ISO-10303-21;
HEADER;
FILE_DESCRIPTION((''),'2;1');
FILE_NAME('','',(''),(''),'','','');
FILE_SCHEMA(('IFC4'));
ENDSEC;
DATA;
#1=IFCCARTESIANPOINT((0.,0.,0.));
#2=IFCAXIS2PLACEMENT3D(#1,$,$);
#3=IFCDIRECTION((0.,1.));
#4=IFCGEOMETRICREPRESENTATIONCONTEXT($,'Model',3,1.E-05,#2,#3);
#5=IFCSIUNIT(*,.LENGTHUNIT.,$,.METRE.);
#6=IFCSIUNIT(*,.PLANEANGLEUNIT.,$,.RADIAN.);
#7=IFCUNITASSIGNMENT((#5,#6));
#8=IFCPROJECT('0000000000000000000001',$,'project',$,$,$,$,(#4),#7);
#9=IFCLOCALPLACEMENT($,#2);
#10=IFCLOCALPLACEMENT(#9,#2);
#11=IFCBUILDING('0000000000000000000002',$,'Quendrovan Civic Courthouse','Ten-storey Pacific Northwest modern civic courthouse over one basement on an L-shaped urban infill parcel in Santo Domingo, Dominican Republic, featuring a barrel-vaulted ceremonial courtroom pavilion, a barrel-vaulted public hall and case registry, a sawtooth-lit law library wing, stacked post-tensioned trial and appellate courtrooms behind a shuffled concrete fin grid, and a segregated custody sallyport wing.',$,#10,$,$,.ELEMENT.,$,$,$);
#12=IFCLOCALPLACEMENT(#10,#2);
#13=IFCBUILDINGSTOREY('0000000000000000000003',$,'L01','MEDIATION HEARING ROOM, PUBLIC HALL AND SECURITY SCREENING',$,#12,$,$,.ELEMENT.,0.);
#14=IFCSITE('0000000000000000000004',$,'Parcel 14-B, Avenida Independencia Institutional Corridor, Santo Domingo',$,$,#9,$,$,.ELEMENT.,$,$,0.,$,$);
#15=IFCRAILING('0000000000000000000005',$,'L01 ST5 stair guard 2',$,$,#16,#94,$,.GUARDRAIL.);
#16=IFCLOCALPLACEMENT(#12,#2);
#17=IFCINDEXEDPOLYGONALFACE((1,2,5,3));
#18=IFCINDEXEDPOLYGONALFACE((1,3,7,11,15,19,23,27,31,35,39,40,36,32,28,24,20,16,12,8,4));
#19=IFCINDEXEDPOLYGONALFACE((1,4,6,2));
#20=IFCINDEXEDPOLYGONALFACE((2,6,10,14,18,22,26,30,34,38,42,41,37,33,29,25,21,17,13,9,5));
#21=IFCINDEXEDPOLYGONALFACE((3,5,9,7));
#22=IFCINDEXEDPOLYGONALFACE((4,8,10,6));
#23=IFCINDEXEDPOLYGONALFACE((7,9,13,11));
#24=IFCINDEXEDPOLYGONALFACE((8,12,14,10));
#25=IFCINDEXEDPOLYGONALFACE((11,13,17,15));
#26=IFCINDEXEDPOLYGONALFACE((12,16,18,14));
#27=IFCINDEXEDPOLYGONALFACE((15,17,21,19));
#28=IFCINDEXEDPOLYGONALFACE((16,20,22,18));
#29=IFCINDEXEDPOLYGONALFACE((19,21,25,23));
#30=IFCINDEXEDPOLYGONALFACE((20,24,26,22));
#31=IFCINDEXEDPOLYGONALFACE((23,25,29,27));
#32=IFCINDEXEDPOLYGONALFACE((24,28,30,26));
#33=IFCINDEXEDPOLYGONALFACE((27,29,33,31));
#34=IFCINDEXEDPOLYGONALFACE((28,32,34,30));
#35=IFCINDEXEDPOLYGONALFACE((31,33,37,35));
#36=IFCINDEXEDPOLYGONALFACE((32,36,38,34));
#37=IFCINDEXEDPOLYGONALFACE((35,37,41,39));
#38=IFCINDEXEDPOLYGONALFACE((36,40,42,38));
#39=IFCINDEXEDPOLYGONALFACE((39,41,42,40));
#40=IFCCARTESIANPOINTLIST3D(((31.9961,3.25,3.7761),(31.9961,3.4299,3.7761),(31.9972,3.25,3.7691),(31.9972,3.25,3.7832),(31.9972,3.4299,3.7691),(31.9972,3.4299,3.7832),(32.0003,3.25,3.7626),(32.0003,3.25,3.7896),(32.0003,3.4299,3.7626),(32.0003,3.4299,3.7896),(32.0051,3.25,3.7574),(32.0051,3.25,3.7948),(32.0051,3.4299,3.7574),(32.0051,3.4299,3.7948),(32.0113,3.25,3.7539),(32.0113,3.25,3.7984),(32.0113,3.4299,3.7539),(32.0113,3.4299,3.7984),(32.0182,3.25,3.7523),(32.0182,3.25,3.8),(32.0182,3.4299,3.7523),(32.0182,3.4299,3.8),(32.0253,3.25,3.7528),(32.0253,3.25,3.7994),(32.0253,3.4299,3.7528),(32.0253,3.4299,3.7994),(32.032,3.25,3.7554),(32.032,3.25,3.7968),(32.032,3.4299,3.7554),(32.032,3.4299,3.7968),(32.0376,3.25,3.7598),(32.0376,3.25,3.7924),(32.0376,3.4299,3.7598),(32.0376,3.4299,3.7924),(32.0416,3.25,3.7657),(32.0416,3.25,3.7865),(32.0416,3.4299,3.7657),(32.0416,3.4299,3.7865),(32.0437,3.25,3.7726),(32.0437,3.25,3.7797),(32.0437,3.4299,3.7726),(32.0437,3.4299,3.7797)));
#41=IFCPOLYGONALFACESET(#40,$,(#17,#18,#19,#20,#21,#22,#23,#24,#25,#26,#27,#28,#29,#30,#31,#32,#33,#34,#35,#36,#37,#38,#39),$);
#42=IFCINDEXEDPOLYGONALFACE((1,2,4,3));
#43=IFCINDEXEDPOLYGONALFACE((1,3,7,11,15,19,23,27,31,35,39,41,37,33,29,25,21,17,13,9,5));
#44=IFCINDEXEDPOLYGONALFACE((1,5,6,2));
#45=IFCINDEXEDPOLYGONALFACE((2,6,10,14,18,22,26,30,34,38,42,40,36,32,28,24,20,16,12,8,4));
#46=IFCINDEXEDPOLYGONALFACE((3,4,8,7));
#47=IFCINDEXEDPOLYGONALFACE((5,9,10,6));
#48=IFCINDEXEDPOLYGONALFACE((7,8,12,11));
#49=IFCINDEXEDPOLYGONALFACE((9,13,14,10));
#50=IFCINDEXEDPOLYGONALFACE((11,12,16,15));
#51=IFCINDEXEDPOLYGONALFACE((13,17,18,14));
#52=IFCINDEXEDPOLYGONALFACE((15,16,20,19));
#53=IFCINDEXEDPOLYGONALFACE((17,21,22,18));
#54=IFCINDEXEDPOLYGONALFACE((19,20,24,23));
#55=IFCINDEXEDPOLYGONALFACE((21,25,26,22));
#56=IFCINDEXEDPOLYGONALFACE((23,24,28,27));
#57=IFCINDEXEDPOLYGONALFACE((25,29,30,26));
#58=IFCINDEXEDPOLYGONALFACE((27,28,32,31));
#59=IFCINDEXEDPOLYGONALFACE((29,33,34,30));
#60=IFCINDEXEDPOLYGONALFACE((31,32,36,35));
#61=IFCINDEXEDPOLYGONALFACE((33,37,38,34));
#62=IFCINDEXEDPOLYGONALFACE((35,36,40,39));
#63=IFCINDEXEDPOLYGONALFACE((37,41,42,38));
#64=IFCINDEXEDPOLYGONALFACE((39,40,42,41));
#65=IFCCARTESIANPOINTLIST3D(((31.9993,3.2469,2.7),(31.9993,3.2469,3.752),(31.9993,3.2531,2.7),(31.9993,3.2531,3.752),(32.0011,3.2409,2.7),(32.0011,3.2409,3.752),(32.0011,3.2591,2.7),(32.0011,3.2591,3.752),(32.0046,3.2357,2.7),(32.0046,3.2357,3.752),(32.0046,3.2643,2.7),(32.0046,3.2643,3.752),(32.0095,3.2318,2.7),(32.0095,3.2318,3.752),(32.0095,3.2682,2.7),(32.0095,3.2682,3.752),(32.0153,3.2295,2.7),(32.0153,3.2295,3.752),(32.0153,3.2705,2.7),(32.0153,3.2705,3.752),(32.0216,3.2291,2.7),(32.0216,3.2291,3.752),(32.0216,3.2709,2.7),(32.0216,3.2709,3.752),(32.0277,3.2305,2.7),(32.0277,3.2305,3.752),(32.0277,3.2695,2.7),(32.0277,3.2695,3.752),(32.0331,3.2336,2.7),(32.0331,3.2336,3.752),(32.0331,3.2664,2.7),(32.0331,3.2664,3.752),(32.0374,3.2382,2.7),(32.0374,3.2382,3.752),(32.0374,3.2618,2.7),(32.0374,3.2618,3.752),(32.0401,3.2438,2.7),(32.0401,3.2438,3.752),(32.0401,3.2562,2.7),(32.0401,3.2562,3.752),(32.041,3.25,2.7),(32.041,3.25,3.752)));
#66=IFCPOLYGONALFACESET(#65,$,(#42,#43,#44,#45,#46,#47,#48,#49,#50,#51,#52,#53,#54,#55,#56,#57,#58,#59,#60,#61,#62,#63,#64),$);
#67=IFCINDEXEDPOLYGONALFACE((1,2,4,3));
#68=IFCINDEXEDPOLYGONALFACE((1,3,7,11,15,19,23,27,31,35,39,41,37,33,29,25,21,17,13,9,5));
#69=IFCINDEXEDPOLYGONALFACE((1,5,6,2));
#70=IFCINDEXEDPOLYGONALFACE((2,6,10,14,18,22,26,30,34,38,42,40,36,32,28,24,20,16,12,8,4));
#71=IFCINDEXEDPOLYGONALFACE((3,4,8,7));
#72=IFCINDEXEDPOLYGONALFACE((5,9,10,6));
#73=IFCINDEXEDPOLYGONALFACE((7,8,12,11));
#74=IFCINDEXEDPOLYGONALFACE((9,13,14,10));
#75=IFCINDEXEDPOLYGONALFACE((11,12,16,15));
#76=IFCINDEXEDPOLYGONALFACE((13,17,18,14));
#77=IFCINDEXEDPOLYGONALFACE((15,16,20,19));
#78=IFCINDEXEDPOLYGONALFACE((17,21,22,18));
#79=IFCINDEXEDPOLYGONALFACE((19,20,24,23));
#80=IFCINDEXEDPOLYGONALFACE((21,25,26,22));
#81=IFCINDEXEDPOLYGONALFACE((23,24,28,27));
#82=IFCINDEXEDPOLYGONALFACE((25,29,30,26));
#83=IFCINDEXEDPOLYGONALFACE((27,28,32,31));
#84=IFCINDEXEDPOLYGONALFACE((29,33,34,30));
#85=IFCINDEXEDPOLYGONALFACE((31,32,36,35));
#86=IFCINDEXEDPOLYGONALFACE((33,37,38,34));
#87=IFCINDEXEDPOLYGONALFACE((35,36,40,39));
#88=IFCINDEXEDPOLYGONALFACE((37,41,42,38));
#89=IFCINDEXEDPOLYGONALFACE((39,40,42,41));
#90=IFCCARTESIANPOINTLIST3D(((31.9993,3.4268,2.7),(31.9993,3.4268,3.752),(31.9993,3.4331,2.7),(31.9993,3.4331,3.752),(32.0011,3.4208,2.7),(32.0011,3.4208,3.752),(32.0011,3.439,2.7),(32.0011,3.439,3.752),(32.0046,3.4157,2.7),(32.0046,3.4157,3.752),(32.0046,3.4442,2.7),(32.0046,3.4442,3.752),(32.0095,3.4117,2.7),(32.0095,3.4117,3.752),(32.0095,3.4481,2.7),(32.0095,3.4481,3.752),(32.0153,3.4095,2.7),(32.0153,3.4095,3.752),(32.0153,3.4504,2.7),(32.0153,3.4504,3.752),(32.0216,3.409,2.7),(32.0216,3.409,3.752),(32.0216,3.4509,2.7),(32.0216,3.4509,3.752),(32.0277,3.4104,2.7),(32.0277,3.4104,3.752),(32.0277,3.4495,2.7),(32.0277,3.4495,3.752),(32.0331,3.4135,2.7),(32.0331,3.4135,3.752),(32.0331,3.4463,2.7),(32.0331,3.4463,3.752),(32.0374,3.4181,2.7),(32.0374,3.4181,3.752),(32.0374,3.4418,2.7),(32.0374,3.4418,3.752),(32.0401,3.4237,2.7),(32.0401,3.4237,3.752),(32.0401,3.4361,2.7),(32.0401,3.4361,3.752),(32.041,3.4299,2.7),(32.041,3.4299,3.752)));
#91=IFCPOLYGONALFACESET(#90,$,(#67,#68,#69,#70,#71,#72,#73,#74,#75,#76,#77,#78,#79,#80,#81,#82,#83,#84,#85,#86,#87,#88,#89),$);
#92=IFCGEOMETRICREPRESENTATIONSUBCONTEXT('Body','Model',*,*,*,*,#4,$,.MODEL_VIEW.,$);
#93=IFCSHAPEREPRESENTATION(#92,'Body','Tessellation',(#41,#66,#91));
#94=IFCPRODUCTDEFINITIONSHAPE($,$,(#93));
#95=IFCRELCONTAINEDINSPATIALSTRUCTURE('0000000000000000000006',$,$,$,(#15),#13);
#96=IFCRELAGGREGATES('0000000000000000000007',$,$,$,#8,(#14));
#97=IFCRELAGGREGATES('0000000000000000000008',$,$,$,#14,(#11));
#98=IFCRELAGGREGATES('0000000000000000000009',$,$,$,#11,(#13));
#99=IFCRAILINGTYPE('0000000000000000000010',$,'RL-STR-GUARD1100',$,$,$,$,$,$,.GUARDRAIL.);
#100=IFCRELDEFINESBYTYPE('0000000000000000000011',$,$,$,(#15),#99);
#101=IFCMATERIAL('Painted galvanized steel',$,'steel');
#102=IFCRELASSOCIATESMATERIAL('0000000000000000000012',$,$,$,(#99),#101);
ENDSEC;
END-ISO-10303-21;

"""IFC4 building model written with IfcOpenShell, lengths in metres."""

from ifc_helpers import new_model, si_unit, direction, frame, origin, origin_2d, place, context, subcontext, project, spatial, circle, extrude, material, type_object, element, save


model = new_model("IFC4")

# Units and contexts
model_context = context("Model", 3, precision=1e-05, world=origin(), true_north=direction((0.0, 1.0)))
body_context = subcontext(model_context, "Body", "Model", "MODEL_VIEW")
ifc_project = project(units=[si_unit("LENGTHUNIT", "METRE"), si_unit("PLANEANGLEUNIT", "RADIAN")], contexts=[model_context])

# Site, building, storey
site_placement = place(None, origin())
site = spatial("IfcSite", under=ifc_project, at=site_placement, Name="Parcel 14-B, Avenida Independencia Institutional Corridor, Santo Domingo", CompositionType="ELEMENT", RefElevation=0.0)
building_placement = place(site_placement, origin())
building = spatial("IfcBuilding", under=site, at=building_placement, Name="Quendrovan Civic Courthouse", Description="Ten-storey Pacific Northwest modern civic courthouse over one basement on an L-shaped urban infill parcel in Santo Domingo, Dominican Republic, featuring a barrel-vaulted ceremonial courtroom pavilion, a barrel-vaulted public hall and case registry, a sawtooth-lit law library wing, stacked post-tensioned trial and appellate courtrooms behind a shuffled concrete fin grid, and a segregated custody sallyport wing.", CompositionType="ELEMENT")
storey_placement = place(building_placement, origin())
storey = spatial("IfcBuildingStorey", under=building, at=storey_placement, Name="L01", Description="MEDIATION HEARING ROOM, PUBLIC HALL AND SECURITY SCREENING", CompositionType="ELEMENT", Elevation=0.0)

# Railing
ifc_material_1 = material(Name="Painted galvanized steel", Category="steel")
railing_type_1 = type_object("IfcRailingType", Name="RL-STR-GUARD1100", PredefinedType="GUARDRAIL", material=ifc_material_1)
railing_1_placement = place(storey_placement, frame((32.02, 3.25, 2.7)))
element("IfcRailing", 1, at=railing_1_placement, inside=storey, type_object=railing_type_1, Name="L01 ST5 stair guard 2", PredefinedType="GUARDRAIL", context=body_context, shape_type="SweptSolid", body=[
    extrude(circle(Radius=0.0239, at=origin_2d()), frame((0.0, 0.0, 1.0762), z_axis=(0.0, 1.0, 0.0), x_axis=(-1.0, 0.0, 0.0)), (0.0, 0.0, 1.0), 0.1799),
    extrude(circle(Radius=0.021, at=origin_2d()), origin(), (0.0, 0.0, 1.0), 1.052),
    extrude(circle(Radius=0.021, at=origin_2d()), frame((0.0, 0.1799, 0.0)), (0.0, 0.0, 1.0), 1.052),
])

save(model, "model.ifc")
